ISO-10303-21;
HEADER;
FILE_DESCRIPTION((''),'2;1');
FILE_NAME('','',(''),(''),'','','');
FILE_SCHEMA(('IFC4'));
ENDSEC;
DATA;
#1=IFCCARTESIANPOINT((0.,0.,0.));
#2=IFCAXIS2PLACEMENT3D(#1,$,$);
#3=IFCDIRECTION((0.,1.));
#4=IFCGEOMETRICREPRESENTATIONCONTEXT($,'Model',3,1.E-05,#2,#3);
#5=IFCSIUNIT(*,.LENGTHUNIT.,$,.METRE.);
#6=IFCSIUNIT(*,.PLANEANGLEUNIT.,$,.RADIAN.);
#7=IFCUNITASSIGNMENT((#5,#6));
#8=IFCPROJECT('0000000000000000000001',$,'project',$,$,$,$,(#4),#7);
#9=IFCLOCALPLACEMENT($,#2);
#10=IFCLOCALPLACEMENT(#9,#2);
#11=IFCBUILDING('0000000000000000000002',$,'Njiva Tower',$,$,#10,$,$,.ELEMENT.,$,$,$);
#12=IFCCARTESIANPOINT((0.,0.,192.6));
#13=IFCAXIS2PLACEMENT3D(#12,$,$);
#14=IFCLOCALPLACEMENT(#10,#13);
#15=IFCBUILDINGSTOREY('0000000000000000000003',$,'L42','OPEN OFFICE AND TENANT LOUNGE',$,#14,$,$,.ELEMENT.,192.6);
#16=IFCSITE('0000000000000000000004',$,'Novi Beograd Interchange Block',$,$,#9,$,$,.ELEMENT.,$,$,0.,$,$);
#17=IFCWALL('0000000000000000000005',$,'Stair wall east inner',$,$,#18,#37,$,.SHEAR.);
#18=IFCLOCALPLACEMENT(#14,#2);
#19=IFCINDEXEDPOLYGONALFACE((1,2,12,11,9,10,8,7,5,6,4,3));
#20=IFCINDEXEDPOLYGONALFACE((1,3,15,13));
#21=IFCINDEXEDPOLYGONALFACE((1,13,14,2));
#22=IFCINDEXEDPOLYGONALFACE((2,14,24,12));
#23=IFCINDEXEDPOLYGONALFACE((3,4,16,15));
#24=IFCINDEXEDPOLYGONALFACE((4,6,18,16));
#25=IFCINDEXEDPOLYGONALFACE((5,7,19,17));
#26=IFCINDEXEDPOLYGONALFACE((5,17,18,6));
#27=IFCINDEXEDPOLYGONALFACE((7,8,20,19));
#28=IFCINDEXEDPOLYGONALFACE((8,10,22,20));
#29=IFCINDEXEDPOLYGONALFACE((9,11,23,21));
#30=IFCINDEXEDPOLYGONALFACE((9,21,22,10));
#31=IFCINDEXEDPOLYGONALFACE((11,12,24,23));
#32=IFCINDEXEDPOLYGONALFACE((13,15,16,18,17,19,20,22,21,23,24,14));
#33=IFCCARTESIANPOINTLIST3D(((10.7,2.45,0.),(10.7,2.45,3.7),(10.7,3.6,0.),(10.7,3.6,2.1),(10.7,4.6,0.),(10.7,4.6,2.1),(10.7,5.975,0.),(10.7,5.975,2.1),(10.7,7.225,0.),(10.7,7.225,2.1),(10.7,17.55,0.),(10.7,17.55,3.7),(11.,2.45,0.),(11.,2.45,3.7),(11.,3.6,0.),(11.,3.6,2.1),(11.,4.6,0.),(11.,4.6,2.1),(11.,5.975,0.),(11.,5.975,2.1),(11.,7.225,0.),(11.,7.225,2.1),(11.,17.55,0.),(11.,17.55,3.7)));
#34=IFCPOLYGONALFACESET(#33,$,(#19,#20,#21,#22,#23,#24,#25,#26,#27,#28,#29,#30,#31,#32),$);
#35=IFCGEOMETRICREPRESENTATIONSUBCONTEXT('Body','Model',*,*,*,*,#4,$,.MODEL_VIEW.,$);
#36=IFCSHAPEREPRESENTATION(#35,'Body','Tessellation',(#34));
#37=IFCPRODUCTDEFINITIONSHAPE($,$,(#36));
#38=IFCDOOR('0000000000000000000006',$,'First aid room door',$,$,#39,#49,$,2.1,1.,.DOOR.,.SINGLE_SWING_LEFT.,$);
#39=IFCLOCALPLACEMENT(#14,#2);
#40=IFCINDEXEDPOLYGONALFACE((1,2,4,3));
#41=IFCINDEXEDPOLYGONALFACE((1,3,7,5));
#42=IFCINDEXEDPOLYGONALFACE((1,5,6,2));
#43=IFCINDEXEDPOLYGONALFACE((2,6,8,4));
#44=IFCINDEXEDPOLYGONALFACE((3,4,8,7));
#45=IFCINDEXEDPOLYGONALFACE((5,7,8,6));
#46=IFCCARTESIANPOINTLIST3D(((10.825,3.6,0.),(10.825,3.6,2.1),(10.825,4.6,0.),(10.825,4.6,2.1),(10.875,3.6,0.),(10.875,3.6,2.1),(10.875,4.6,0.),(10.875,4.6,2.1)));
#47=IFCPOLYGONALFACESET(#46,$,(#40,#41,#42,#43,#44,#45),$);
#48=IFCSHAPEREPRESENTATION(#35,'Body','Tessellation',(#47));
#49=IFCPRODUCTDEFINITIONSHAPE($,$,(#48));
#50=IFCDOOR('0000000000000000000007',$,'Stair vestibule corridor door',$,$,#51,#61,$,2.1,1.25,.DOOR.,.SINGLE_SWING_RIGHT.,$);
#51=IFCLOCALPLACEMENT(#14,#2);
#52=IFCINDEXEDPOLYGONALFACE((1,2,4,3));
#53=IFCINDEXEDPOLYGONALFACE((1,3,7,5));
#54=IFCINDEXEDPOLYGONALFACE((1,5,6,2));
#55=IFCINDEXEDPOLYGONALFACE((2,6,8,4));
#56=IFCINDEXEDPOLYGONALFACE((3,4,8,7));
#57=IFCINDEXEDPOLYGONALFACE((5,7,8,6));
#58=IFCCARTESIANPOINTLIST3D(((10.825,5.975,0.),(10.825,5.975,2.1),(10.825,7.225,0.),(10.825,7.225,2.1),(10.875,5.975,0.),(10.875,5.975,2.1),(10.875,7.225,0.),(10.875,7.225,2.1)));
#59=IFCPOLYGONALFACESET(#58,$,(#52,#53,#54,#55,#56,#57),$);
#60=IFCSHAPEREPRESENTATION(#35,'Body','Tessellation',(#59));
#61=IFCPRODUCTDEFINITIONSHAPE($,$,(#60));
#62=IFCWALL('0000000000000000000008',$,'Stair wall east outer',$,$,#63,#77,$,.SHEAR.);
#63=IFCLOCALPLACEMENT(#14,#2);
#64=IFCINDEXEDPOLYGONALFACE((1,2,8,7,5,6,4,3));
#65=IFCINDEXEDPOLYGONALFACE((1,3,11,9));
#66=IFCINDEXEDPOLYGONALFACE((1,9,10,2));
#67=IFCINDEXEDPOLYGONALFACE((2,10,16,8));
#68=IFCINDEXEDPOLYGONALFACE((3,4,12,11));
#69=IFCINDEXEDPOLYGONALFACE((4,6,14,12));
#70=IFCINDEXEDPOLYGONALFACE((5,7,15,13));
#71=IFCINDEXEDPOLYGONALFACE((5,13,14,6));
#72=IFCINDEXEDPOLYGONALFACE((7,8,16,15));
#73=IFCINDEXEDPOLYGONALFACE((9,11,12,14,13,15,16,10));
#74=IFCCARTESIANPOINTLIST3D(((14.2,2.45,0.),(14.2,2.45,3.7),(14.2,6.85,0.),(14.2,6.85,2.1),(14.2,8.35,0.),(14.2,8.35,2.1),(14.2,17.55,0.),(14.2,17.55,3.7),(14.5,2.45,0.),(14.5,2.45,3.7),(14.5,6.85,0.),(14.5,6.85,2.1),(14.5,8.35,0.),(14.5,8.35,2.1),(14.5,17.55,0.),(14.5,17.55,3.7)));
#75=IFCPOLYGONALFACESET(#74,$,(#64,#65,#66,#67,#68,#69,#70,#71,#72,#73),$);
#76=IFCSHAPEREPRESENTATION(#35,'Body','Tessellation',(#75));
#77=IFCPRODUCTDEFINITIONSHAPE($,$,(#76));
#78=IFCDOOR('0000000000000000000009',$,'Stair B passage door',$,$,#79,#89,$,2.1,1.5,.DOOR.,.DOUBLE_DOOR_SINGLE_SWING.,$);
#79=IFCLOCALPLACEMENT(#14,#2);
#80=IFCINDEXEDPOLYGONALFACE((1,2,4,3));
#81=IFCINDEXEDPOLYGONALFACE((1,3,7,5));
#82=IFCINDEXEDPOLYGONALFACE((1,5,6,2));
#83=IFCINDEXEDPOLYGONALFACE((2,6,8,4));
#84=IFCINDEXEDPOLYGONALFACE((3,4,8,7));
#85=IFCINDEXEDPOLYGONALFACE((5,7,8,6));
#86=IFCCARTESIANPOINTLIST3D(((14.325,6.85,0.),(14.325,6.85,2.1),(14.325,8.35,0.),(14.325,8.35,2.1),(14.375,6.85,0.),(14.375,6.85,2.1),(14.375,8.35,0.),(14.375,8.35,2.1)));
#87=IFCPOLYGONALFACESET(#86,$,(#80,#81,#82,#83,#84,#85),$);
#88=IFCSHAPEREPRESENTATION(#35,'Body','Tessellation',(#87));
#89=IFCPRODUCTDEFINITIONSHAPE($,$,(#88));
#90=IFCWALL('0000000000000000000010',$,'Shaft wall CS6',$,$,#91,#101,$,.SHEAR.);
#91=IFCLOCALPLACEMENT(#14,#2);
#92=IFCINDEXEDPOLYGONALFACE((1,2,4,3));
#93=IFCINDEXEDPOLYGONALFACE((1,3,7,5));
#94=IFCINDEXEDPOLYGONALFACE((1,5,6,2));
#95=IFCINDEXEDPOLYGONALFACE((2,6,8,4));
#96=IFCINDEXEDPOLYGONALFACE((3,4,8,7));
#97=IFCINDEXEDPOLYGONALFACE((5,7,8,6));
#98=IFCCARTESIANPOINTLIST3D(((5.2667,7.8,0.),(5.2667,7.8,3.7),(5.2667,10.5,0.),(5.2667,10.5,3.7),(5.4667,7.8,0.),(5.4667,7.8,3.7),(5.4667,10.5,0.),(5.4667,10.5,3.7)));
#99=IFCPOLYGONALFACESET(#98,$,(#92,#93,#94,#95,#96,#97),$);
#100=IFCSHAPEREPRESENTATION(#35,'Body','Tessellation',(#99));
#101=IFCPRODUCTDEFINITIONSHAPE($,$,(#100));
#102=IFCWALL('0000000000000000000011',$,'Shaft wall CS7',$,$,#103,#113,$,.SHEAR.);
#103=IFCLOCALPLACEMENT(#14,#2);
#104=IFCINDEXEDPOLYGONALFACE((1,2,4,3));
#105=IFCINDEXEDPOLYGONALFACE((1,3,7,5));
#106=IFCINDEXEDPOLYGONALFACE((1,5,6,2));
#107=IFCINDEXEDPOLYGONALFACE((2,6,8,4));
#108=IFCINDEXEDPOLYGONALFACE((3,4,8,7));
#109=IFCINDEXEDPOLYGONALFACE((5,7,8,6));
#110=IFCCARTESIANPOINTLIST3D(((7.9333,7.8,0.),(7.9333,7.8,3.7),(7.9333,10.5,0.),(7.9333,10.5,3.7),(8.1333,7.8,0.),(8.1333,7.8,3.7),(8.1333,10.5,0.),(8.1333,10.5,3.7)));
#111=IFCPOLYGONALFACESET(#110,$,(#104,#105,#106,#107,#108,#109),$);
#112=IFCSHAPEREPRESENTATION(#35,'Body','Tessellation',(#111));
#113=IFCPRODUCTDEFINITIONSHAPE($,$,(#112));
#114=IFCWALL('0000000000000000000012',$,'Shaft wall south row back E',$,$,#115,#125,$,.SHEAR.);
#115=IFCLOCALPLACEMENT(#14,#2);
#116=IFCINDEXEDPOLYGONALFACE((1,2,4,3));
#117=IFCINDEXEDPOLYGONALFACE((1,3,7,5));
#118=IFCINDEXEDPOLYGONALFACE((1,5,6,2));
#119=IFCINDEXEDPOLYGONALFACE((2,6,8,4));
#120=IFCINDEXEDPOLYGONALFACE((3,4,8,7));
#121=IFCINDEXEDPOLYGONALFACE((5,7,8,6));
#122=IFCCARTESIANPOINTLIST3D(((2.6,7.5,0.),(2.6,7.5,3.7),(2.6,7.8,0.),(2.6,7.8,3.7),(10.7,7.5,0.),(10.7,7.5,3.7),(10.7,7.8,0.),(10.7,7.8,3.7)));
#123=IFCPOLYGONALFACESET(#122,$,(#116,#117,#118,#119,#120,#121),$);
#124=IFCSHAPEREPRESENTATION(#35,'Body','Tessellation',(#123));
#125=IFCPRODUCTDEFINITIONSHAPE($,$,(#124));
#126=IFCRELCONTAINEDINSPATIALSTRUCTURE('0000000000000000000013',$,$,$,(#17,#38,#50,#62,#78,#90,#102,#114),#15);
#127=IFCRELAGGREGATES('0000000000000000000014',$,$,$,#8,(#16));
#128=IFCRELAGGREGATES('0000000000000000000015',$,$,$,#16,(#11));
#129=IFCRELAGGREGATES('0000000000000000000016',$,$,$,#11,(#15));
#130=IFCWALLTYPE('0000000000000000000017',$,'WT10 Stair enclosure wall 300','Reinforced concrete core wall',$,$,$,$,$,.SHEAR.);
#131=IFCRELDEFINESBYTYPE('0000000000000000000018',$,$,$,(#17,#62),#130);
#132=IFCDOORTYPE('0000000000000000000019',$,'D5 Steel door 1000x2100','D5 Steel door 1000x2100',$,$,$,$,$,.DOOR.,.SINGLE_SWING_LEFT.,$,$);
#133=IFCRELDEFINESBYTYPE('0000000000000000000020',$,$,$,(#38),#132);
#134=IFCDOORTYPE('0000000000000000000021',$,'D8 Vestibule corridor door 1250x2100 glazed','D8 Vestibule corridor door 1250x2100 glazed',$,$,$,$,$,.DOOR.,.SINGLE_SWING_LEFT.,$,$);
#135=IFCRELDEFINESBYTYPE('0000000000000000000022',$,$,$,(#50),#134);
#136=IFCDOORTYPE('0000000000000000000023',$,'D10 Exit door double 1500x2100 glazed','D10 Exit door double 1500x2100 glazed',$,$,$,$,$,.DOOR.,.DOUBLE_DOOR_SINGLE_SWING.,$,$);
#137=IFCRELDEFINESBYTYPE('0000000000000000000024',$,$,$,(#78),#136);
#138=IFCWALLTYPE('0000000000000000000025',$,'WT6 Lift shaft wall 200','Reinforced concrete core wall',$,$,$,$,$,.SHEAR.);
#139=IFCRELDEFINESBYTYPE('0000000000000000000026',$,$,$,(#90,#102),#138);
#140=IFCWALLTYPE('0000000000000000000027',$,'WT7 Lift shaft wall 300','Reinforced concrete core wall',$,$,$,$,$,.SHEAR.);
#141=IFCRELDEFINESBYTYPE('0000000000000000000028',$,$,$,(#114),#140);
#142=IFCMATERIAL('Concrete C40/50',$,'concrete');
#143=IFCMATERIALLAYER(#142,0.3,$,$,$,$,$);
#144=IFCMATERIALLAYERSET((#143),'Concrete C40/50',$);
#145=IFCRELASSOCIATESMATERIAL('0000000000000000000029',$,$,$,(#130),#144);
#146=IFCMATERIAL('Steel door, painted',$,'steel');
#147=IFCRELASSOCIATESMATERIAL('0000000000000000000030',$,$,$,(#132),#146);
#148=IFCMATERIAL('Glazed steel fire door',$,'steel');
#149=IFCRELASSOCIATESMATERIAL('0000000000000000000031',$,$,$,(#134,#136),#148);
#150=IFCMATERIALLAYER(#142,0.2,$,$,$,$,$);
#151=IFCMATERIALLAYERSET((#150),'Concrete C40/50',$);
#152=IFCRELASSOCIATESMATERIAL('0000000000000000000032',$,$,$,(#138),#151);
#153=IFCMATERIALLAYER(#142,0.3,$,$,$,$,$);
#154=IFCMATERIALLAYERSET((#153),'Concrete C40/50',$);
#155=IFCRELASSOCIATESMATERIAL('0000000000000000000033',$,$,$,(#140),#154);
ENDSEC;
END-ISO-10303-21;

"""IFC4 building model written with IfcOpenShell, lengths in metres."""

from ifc_helpers import new_model, si_unit, direction, frame, frame_2d, origin, place, context, subcontext, project, spatial, rectangle, extrude, material, layer, layer_set, type_object, element, fill, save


model = new_model("IFC4")

# Units and contexts
model_context = context("Model", 3, precision=1e-05, world=origin(), true_north=direction((0.0, 1.0)))
body_context = subcontext(model_context, "Body", "Model", "MODEL_VIEW")
ifc_project = project(units=[si_unit("LENGTHUNIT", "METRE"), si_unit("PLANEANGLEUNIT", "RADIAN")], contexts=[model_context])

# Site, building, storey
site_placement = place(None, origin())
site = spatial("IfcSite", under=ifc_project, at=site_placement, Name="Novi Beograd Interchange Block", CompositionType="ELEMENT", RefElevation=0.0)
building_placement = place(site_placement, origin())
building = spatial("IfcBuilding", under=site, at=building_placement, Name="Njiva Tower", CompositionType="ELEMENT")
storey_placement = place(building_placement, frame((0.0, 0.0, 192.6)))
storey = spatial("IfcBuildingStorey", under=building, at=storey_placement, Name="L42", Description="OPEN OFFICE AND TENANT LOUNGE", CompositionType="ELEMENT", Elevation=192.6)

# Wall, openings, doors
ifc_material_1 = material(Name="Concrete C40/50", Category="concrete")
ifc_layer_1 = layer(ifc_material_1, 0.3)
ifc_layer_set_1 = layer_set([ifc_layer_1], Name="Concrete C40/50")
wall_type_1 = type_object("IfcWallType", Name="WT10 Stair enclosure wall 300", Description="Reinforced concrete core wall", PredefinedType="SHEAR", material=ifc_layer_set_1)
wall_1_placement = place(storey_placement, frame((10.85, 2.45, 0.0), z_axis=(0.0, 0.0, 1.0), x_axis=(0.0, 1.0, 0.0)))
wall_1 = element("IfcWall", 1, at=wall_1_placement, inside=storey, type_object=wall_type_1, Name="Stair wall east inner", PredefinedType="SHEAR", context=body_context, shape_type="SweptSolid", body=[
    extrude(rectangle(XDim=15.1, YDim=0.3, at=frame_2d((7.55, 0.0))), origin(), (0.0, 0.0, 1.0), 3.7),
])
opening_1_placement = place(wall_1_placement, frame((3.525, 0.0, 0.0)))
opening_1 = element("IfcOpeningElement", 2, at=opening_1_placement, cuts=wall_1, PredefinedType="OPENING", context=body_context, shape_type="SweptSolid", body=[
    extrude(rectangle(XDim=1.25, YDim=2.1, at=frame_2d((0.625, 1.05))), frame((0.0, 0.16, 0.0), z_axis=(0.0, -1.0, 0.0), x_axis=(1.0, 0.0, 0.0)), (0.0, 0.0, 1.0), 0.32),
])
opening_2_placement = place(wall_1_placement, frame((1.15, 0.0, 0.0)))
opening_2 = element("IfcOpeningElement", 3, at=opening_2_placement, cuts=wall_1, PredefinedType="OPENING", context=body_context, shape_type="SweptSolid", body=[
    extrude(rectangle(XDim=1.0, YDim=2.1, at=frame_2d((0.5, 1.05))), frame((0.0, 0.16, 0.0), z_axis=(0.0, -1.0, 0.0), x_axis=(1.0, 0.0, 0.0)), (0.0, 0.0, 1.0), 0.32),
])
ifc_material_2 = material(Name="Steel door, painted", Category="steel")
door_type_1 = type_object("IfcDoorType", Name="D5 Steel door 1000x2100", Description="D5 Steel door 1000x2100", OperationType="SINGLE_SWING_LEFT", PredefinedType="DOOR", material=ifc_material_2)
door_1_placement = place(opening_2_placement, origin())
door_1 = element("IfcDoor", 4, at=door_1_placement, inside=storey, type_object=door_type_1, Name="First aid room door", OperationType="SINGLE_SWING_LEFT", OverallHeight=2.1, OverallWidth=1.0, PredefinedType="DOOR", context=body_context, shape_type="SweptSolid", body=[
    extrude(rectangle(XDim=1.0, YDim=2.1, at=frame_2d((0.5, 1.05))), frame((0.0, 0.025, 0.0), z_axis=(0.0, -1.0, 0.0), x_axis=(1.0, 0.0, 0.0)), (0.0, 0.0, 1.0), 0.05),
])
fill(opening_2, door_1)
ifc_material_3 = material(Name="Glazed steel fire door", Category="steel")
door_type_2 = type_object("IfcDoorType", Name="D8 Vestibule corridor door 1250x2100 glazed", Description="D8 Vestibule corridor door 1250x2100 glazed", OperationType="SINGLE_SWING_LEFT", PredefinedType="DOOR", material=ifc_material_3)
door_2_placement = place(opening_1_placement, origin())
door_2 = element("IfcDoor", 5, at=door_2_placement, inside=storey, type_object=door_type_2, Name="Stair vestibule corridor door", OperationType="SINGLE_SWING_RIGHT", OverallHeight=2.1, OverallWidth=1.25, PredefinedType="DOOR", context=body_context, shape_type="SweptSolid", body=[
    extrude(rectangle(XDim=1.25, YDim=2.1, at=frame_2d((0.625, 1.05))), frame((0.0, 0.025, 0.0), z_axis=(0.0, -1.0, 0.0), x_axis=(1.0, 0.0, 0.0)), (0.0, 0.0, 1.0), 0.05),
])
fill(opening_1, door_2)

# Wall, opening, door
wall_2_placement = place(storey_placement, frame((14.35, 2.45, 0.0), z_axis=(0.0, 0.0, 1.0), x_axis=(0.0, 1.0, 0.0)))
wall_2 = element("IfcWall", 6, at=wall_2_placement, inside=storey, type_object=wall_type_1, Name="Stair wall east outer", PredefinedType="SHEAR", context=body_context, shape_type="SweptSolid", body=[
    extrude(rectangle(XDim=15.1, YDim=0.3, at=frame_2d((7.55, 0.0))), origin(), (0.0, 0.0, 1.0), 3.7),
])
opening_3_placement = place(wall_2_placement, frame((4.4, 0.0, 0.0)))
opening_3 = element("IfcOpeningElement", 7, at=opening_3_placement, cuts=wall_2, PredefinedType="OPENING", context=body_context, shape_type="SweptSolid", body=[
    extrude(rectangle(XDim=1.5, YDim=2.1, at=frame_2d((0.75, 1.05))), frame((0.0, 0.16, 0.0), z_axis=(0.0, -1.0, 0.0), x_axis=(1.0, 0.0, 0.0)), (0.0, 0.0, 1.0), 0.32),
])
door_type_3 = type_object("IfcDoorType", Name="D10 Exit door double 1500x2100 glazed", Description="D10 Exit door double 1500x2100 glazed", OperationType="DOUBLE_DOOR_SINGLE_SWING", PredefinedType="DOOR", material=ifc_material_3)
door_3_placement = place(opening_3_placement, origin())
door_3 = element("IfcDoor", 8, at=door_3_placement, inside=storey, type_object=door_type_3, Name="Stair B passage door", OperationType="DOUBLE_DOOR_SINGLE_SWING", OverallHeight=2.1, OverallWidth=1.5, PredefinedType="DOOR", context=body_context, shape_type="SweptSolid", body=[
    extrude(rectangle(XDim=1.5, YDim=2.1, at=frame_2d((0.75, 1.05))), frame((0.0, 0.025, 0.0), z_axis=(0.0, -1.0, 0.0), x_axis=(1.0, 0.0, 0.0)), (0.0, 0.0, 1.0), 0.05),
])
fill(opening_3, door_3)

# Walls
ifc_layer_2 = layer(ifc_material_1, 0.2)
ifc_layer_set_2 = layer_set([ifc_layer_2], Name="Concrete C40/50")
wall_type_2 = type_object("IfcWallType", Name="WT6 Lift shaft wall 200", Description="Reinforced concrete core wall", PredefinedType="SHEAR", material=ifc_layer_set_2)
for number, where, z_axis, x_axis, name in (
    (9, (5.3667, 7.8, 0.0), (0.0, 0.0, 1.0), (0.0, 1.0, 0.0), "Shaft wall CS6"),
    (10, (8.0333, 7.8, 0.0), (0.0, 0.0, 1.0), (0.0, 1.0, 0.0), "Shaft wall CS7"),
):
    element("IfcWall", number, at=place(storey_placement, frame(where, z_axis=z_axis, x_axis=x_axis)), inside=storey, type_object=wall_type_2, Name=name, PredefinedType="SHEAR", context=body_context, shape_type="SweptSolid", body=[
        extrude(rectangle(XDim=2.7, YDim=0.2, at=frame_2d((1.35, 0.0))), origin(), (0.0, 0.0, 1.0), 3.7),
    ])
ifc_layer_3 = layer(ifc_material_1, 0.3)
ifc_layer_set_3 = layer_set([ifc_layer_3], Name="Concrete C40/50")
wall_type_3 = type_object("IfcWallType", Name="WT7 Lift shaft wall 300", Description="Reinforced concrete core wall", PredefinedType="SHEAR", material=ifc_layer_set_3)
wall_3_placement = place(storey_placement, frame((2.6, 7.65, 0.0), z_axis=(0.0, 0.0, 1.0), x_axis=(1.0, 0.0, 0.0)))
element("IfcWall", 11, at=wall_3_placement, inside=storey, type_object=wall_type_3, Name="Shaft wall south row back E", PredefinedType="SHEAR", context=body_context, shape_type="SweptSolid", body=[
    extrude(rectangle(XDim=8.1, YDim=0.3, at=frame_2d((4.05, 0.0))), origin(), (0.0, 0.0, 1.0), 3.7),
])

save(model, "model.ifc")
